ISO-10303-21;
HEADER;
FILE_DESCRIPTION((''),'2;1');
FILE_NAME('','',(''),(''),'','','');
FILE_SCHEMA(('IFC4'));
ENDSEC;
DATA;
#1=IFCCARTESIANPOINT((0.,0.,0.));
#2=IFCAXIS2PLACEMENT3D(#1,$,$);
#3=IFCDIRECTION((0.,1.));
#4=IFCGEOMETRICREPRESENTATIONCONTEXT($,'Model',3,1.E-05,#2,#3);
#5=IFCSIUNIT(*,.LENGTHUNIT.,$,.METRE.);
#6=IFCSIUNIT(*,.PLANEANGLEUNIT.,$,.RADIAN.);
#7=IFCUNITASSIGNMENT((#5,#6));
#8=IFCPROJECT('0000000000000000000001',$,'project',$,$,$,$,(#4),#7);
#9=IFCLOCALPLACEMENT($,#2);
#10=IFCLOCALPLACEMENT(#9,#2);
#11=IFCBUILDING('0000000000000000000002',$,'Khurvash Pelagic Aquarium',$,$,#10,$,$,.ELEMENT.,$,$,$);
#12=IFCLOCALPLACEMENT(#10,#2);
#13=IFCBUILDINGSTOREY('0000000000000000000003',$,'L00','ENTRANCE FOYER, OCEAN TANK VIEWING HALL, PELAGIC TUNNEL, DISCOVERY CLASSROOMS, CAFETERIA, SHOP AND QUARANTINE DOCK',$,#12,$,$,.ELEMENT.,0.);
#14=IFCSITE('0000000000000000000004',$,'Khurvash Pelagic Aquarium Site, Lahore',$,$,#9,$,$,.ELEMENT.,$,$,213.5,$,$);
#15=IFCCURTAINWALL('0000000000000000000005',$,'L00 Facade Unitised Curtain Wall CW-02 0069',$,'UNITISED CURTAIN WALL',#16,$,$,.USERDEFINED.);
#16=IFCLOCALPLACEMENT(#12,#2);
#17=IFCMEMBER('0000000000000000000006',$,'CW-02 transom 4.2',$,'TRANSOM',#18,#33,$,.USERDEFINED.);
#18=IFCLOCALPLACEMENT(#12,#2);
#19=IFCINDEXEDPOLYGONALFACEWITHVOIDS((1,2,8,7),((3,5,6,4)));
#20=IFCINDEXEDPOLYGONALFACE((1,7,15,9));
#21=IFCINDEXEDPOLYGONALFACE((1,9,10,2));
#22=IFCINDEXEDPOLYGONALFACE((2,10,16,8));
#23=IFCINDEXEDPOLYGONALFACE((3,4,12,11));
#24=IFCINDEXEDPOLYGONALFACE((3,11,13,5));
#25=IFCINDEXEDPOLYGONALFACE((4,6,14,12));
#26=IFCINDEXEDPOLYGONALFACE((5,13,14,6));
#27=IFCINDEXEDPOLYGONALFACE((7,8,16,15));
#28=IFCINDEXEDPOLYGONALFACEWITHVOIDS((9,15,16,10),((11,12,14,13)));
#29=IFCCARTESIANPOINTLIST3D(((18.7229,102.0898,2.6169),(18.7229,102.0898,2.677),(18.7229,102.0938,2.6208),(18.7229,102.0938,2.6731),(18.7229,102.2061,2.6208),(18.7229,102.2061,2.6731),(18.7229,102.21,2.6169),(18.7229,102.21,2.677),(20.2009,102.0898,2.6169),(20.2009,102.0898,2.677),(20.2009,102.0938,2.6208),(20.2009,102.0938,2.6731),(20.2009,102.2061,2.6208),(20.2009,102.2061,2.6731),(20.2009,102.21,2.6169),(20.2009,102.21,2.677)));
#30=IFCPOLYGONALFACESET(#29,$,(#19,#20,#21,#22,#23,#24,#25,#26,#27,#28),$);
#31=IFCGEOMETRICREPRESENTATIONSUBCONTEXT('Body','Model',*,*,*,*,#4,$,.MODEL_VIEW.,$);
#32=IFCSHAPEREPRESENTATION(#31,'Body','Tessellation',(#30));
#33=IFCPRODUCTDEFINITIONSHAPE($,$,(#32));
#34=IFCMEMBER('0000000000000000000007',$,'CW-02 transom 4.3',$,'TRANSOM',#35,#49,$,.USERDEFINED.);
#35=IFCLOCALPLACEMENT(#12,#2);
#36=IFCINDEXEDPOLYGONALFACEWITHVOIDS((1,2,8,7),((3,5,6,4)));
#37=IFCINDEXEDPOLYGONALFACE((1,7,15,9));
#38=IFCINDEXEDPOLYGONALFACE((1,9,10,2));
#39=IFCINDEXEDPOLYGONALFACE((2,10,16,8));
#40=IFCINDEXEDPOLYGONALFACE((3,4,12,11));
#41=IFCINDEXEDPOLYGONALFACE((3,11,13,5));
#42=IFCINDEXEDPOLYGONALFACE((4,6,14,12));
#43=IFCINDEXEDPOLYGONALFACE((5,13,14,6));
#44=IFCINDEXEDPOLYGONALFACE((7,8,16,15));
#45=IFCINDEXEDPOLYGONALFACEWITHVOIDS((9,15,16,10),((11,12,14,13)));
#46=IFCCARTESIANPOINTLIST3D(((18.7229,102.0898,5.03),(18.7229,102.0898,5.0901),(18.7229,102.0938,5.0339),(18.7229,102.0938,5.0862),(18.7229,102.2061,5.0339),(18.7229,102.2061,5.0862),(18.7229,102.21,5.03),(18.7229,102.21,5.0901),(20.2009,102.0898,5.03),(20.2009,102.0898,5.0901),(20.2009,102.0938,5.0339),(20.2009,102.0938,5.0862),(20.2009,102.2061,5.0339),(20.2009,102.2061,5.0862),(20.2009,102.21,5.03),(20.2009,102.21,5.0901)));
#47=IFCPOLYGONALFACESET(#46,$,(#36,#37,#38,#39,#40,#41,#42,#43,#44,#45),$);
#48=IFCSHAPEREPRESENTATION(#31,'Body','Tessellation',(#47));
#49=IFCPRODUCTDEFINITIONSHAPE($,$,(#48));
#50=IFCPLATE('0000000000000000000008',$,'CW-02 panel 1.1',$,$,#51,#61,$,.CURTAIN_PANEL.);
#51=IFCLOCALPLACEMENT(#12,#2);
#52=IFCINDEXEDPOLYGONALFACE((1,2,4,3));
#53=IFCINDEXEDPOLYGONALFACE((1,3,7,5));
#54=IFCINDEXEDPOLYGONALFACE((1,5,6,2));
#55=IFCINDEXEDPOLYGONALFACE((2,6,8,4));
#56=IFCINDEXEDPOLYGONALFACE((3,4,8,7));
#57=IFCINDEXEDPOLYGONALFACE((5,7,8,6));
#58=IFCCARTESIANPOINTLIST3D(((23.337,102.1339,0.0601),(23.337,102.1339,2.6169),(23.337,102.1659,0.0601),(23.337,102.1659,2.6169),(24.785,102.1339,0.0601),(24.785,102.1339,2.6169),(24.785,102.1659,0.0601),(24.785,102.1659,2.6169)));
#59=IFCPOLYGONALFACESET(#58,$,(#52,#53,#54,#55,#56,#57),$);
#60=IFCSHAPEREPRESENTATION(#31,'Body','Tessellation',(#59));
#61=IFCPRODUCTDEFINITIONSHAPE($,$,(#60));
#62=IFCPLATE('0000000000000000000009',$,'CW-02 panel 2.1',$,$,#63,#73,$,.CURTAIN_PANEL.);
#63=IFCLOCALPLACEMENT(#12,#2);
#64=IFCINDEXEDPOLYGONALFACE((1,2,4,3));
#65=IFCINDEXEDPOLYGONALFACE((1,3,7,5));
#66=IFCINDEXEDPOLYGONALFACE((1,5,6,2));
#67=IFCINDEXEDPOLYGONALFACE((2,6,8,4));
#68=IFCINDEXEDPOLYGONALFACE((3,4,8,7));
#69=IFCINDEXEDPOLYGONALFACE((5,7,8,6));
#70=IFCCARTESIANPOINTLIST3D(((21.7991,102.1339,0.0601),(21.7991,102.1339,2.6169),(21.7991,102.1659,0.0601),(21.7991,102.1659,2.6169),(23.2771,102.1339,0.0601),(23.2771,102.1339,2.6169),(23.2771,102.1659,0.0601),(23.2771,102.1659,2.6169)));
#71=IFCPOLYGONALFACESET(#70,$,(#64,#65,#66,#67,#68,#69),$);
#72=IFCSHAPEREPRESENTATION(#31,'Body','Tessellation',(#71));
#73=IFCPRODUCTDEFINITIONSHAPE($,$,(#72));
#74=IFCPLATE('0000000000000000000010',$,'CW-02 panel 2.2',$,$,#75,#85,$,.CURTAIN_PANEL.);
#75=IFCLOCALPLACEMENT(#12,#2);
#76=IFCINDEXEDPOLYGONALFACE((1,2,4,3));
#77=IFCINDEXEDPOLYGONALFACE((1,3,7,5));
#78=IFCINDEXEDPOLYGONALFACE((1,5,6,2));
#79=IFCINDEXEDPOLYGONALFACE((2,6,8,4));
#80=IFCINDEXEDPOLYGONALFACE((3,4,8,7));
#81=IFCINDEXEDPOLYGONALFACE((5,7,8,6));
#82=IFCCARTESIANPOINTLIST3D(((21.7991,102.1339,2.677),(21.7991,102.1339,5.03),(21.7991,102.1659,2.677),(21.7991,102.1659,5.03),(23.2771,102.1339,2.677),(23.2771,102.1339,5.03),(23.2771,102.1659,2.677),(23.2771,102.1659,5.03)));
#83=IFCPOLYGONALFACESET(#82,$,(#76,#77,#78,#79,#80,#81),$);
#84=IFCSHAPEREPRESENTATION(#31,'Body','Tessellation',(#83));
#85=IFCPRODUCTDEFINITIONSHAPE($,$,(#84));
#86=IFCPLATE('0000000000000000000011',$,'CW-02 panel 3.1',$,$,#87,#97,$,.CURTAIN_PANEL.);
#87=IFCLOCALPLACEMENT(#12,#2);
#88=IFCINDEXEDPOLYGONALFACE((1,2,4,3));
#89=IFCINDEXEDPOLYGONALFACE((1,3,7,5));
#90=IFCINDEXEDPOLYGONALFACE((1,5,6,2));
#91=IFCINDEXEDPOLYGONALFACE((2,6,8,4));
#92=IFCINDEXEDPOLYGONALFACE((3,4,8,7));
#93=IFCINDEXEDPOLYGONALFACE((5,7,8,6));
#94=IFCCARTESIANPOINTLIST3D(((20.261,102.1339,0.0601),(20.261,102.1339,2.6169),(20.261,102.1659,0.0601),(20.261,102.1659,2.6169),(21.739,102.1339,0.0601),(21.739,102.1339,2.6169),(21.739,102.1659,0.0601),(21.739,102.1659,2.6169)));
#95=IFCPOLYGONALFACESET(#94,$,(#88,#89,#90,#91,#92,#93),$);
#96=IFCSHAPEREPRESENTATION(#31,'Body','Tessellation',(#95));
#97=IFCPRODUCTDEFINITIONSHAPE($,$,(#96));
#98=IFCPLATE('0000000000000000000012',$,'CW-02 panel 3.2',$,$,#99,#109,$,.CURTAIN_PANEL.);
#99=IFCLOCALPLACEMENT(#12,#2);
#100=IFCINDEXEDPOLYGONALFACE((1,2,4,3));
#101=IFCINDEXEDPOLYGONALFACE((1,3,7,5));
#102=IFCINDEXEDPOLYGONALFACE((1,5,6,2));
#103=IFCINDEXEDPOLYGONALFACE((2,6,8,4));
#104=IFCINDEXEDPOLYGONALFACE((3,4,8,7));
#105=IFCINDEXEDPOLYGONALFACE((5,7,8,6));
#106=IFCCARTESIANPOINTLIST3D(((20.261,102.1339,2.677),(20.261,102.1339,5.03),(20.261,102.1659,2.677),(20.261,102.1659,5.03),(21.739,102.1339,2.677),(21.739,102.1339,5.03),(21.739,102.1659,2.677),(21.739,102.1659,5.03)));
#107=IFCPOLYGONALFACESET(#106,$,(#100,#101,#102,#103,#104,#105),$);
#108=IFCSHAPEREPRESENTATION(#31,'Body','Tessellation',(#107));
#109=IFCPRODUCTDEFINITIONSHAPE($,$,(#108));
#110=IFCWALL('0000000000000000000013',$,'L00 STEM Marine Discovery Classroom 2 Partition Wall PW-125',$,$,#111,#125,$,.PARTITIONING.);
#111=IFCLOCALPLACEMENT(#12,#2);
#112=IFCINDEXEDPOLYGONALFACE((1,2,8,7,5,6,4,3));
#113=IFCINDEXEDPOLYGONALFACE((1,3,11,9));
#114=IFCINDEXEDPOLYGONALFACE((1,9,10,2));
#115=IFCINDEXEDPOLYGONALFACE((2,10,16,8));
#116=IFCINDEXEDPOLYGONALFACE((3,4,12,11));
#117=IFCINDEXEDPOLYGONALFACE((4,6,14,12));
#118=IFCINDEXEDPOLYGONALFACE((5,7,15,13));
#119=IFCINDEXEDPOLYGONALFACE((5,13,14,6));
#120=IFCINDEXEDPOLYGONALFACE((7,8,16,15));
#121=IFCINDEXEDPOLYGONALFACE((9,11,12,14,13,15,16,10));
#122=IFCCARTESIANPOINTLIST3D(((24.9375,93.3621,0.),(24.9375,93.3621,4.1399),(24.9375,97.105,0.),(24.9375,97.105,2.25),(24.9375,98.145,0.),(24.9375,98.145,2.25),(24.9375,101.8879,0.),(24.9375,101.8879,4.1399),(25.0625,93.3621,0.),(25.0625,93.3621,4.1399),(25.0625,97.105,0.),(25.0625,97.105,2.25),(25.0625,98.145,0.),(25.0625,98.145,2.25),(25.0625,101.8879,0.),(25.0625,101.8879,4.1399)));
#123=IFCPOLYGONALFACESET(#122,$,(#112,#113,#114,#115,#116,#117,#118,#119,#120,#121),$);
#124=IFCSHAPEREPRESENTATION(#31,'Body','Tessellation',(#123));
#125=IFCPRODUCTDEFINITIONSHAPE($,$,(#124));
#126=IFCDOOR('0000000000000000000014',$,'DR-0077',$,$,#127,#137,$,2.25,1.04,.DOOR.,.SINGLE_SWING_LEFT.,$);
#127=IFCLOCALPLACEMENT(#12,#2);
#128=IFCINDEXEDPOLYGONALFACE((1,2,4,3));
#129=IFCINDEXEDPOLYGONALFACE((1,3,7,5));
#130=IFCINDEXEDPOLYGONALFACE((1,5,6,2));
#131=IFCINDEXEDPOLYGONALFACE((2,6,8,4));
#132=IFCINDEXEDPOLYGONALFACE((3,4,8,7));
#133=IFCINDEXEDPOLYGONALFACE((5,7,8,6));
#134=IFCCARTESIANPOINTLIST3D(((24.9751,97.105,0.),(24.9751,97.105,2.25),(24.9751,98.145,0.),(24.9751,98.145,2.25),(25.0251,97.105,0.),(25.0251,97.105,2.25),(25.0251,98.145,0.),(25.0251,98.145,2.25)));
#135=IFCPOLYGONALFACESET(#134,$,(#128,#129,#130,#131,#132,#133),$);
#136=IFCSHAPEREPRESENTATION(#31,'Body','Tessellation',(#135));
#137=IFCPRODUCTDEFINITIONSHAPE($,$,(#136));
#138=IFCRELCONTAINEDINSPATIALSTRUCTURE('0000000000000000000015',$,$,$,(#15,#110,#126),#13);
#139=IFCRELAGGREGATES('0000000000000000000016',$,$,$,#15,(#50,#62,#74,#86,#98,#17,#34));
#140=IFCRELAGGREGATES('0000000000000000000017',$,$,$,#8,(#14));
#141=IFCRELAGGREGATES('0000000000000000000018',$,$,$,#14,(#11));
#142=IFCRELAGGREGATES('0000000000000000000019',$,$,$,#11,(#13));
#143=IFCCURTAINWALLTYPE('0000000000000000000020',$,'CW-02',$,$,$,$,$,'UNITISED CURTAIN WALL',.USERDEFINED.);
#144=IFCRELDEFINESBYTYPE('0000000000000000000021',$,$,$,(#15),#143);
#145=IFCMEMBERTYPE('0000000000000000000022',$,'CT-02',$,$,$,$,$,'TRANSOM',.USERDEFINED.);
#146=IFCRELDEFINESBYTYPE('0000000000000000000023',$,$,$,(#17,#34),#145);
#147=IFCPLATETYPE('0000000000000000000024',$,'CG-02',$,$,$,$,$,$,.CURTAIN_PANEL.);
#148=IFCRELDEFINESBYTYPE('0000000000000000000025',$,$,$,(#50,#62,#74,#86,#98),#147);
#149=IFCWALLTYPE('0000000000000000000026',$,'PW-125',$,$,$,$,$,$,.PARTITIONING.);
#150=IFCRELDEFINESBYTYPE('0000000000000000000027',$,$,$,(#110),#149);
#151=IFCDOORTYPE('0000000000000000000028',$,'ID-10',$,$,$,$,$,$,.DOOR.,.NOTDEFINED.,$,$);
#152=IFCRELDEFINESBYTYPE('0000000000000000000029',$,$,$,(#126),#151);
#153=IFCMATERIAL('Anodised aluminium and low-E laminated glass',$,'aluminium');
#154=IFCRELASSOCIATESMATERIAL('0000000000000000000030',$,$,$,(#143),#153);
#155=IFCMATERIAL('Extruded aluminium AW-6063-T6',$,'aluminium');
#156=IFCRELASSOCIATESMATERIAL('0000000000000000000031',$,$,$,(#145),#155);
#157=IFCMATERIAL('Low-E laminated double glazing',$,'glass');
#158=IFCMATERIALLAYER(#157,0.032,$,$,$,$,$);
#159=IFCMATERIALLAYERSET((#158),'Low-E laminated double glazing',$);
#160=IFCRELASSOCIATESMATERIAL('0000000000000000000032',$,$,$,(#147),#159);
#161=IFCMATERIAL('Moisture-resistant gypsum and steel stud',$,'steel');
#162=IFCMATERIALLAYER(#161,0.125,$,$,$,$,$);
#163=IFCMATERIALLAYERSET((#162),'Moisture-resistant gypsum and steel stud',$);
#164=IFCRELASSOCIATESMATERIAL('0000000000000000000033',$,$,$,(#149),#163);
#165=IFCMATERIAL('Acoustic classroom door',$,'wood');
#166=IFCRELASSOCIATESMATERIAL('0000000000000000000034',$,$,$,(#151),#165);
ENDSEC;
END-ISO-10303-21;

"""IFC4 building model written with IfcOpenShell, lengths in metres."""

from ifc_helpers import new_model, si_unit, direction, frame, frame_2d, origin, origin_2d, place, context, subcontext, project, spatial, rectangle, hollow_rectangle, extrude, material, layer, layer_set, material_profile, profile_set, type_object, element, fill, aggregate, save


model = new_model("IFC4")

# Units and contexts
model_context = context("Model", 3, precision=1e-05, world=origin(), true_north=direction((0.0, 1.0)))
body_context = subcontext(model_context, "Body", "Model", "MODEL_VIEW")
ifc_project = project(units=[si_unit("LENGTHUNIT", "METRE"), si_unit("PLANEANGLEUNIT", "RADIAN")], contexts=[model_context])

# Site, building, storey
site_placement = place(None, origin())
site = spatial("IfcSite", under=ifc_project, at=site_placement, Name="Khurvash Pelagic Aquarium Site, Lahore", CompositionType="ELEMENT", RefElevation=213.5)
building_placement = place(site_placement, origin())
building = spatial("IfcBuilding", under=site, at=building_placement, Name="Khurvash Pelagic Aquarium", CompositionType="ELEMENT")
storey_placement = place(building_placement, origin())
storey = spatial("IfcBuildingStorey", under=building, at=storey_placement, Name="L00", Description="ENTRANCE FOYER, OCEAN TANK VIEWING HALL, PELAGIC TUNNEL, DISCOVERY CLASSROOMS, CAFETERIA, SHOP AND QUARANTINE DOCK", CompositionType="ELEMENT", Elevation=0.0)

# Curtain wall, members, plates
ifc_material_1 = material(Name="Anodised aluminium and low-E laminated glass", Category="aluminium")
curtain_wall_type = type_object("IfcCurtainWallType", Name="CW-02", ElementType="UNITISED CURTAIN WALL", PredefinedType="USERDEFINED", material=ifc_material_1)
curtain_wall_placement = place(storey_placement, origin())
curtain_wall = element("IfcCurtainWall", 1, at=curtain_wall_placement, inside=storey, type_object=curtain_wall_type, Name="L00 Facade Unitised Curtain Wall CW-02 0069", ObjectType="UNITISED CURTAIN WALL", PredefinedType="USERDEFINED")
ifc_material_2 = material(Name="Extruded aluminium AW-6063-T6", Category="aluminium")
ifc_material_profile_1 = material_profile(ifc_material_2, hollow_rectangle(XDim=0.1201, YDim=0.0601, WallThickness=0.0039, at=origin_2d()), Name="CWT120X60X4")
ifc_profile_set_1 = profile_set([ifc_material_profile_1], Name="Extruded aluminium AW-6063-T6")
member_type_1 = type_object("IfcMemberType", Name="CT-02", ElementType="TRANSOM", PredefinedType="USERDEFINED", material=ifc_profile_set_1)
member_1_placement = place(storey_placement, frame((20.2009, 102.1499, 2.647), z_axis=(-1.0, 0.0, 0.0), x_axis=(0.0, -1.0, 0.0)))
member_1 = element("IfcMember", 2, at=member_1_placement, type_object=member_type_1, Name="CW-02 transom 4.2", ObjectType="TRANSOM", PredefinedType="USERDEFINED", context=body_context, shape_type="SweptSolid", body=[
    extrude(hollow_rectangle(XDim=0.1201, YDim=0.0601, WallThickness=0.0039, at=origin_2d()), origin(), (0.0, 0.0, 1.0), 1.478),
])
member_2_placement = place(storey_placement, frame((20.2009, 102.1499, 5.0601), z_axis=(-1.0, 0.0, 0.0), x_axis=(0.0, -1.0, 0.0)))
member_2 = element("IfcMember", 3, at=member_2_placement, type_object=member_type_1, Name="CW-02 transom 4.3", ObjectType="TRANSOM", PredefinedType="USERDEFINED", context=body_context, shape_type="SweptSolid", body=[
    extrude(hollow_rectangle(XDim=0.1201, YDim=0.0601, WallThickness=0.0039, at=origin_2d()), origin(), (0.0, 0.0, 1.0), 1.478),
])
ifc_material_3 = material(Name="Low-E laminated double glazing", Category="glass")
ifc_layer_1 = layer(ifc_material_3, 0.032)
ifc_layer_set_1 = layer_set([ifc_layer_1], Name="Low-E laminated double glazing")
plate_type = type_object("IfcPlateType", Name="CG-02", PredefinedType="CURTAIN_PANEL", material=ifc_layer_set_1)
plate_1_placement = place(storey_placement, frame((24.061, 102.1499, 0.0601), z_axis=(0.0, 0.0, 1.0), x_axis=(-1.0, 0.0, 0.0)))
plate_1 = element("IfcPlate", 4, at=plate_1_placement, type_object=plate_type, Name="CW-02 panel 1.1", PredefinedType="CURTAIN_PANEL", context=body_context, shape_type="SweptSolid", body=[
    extrude(rectangle(XDim=1.448, YDim=0.032, at=origin_2d()), origin(), (0.0, 0.0, 1.0), 2.5569),
])
plate_2_placement = place(storey_placement, frame((22.5381, 102.1499, 0.0601), z_axis=(0.0, 0.0, 1.0), x_axis=(-1.0, 0.0, 0.0)))
plate_2 = element("IfcPlate", 5, at=plate_2_placement, type_object=plate_type, Name="CW-02 panel 2.1", PredefinedType="CURTAIN_PANEL", context=body_context, shape_type="SweptSolid", body=[
    extrude(rectangle(XDim=1.478, YDim=0.032, at=origin_2d()), origin(), (0.0, 0.0, 1.0), 2.5569),
])
plate_3_placement = place(storey_placement, frame((22.5381, 102.1499, 2.677), z_axis=(0.0, 0.0, 1.0), x_axis=(-1.0, 0.0, 0.0)))
plate_3 = element("IfcPlate", 6, at=plate_3_placement, type_object=plate_type, Name="CW-02 panel 2.2", PredefinedType="CURTAIN_PANEL", context=body_context, shape_type="SweptSolid", body=[
    extrude(rectangle(XDim=1.478, YDim=0.032, at=origin_2d()), origin(), (0.0, 0.0, 1.0), 2.353),
])
plate_4_placement = place(storey_placement, frame((21.0, 102.1499, 0.0601), z_axis=(0.0, 0.0, 1.0), x_axis=(-1.0, 0.0, 0.0)))
plate_4 = element("IfcPlate", 7, at=plate_4_placement, type_object=plate_type, Name="CW-02 panel 3.1", PredefinedType="CURTAIN_PANEL", context=body_context, shape_type="SweptSolid", body=[
    extrude(rectangle(XDim=1.478, YDim=0.032, at=origin_2d()), origin(), (0.0, 0.0, 1.0), 2.5569),
])
plate_5_placement = place(storey_placement, frame((21.0, 102.1499, 2.677), z_axis=(0.0, 0.0, 1.0), x_axis=(-1.0, 0.0, 0.0)))
plate_5 = element("IfcPlate", 8, at=plate_5_placement, type_object=plate_type, Name="CW-02 panel 3.2", PredefinedType="CURTAIN_PANEL", context=body_context, shape_type="SweptSolid", body=[
    extrude(rectangle(XDim=1.478, YDim=0.032, at=origin_2d()), origin(), (0.0, 0.0, 1.0), 2.353),
])
aggregate(curtain_wall, [plate_1, plate_2, plate_3, plate_4, plate_5, member_1, member_2])

# Wall, opening, door
ifc_material_4 = material(Name="Moisture-resistant gypsum and steel stud", Category="steel")
ifc_layer_2 = layer(ifc_material_4, 0.125)
ifc_layer_set_2 = layer_set([ifc_layer_2], Name="Moisture-resistant gypsum and steel stud")
wall_type = type_object("IfcWallType", Name="PW-125", PredefinedType="PARTITIONING", material=ifc_layer_set_2)
wall_placement = place(storey_placement, frame((25.0, 93.3621, 0.0), z_axis=(0.0, 0.0, 1.0), x_axis=(0.0, 1.0, 0.0)))
wall = element("IfcWall", 9, at=wall_placement, inside=storey, type_object=wall_type, Name="L00 STEM Marine Discovery Classroom 2 Partition Wall PW-125", PredefinedType="PARTITIONING", context=body_context, shape_type="SweptSolid", body=[
    extrude(rectangle(XDim=8.5259, YDim=0.125, at=frame_2d((4.2629, 0.0))), origin(), (0.0, 0.0, 1.0), 4.1399),
])
opening_placement = place(wall_placement, frame((3.7429, 0.0, 0.0)))
opening = element("IfcOpeningElement", 10, at=opening_placement, cuts=wall, PredefinedType="OPENING", context=body_context, shape_type="SweptSolid", body=[
    extrude(rectangle(XDim=1.04, YDim=2.25, at=frame_2d((0.52, 1.125))), frame((0.0, 0.0725, 0.0), z_axis=(0.0, -1.0, 0.0), x_axis=(1.0, 0.0, 0.0)), (0.0, 0.0, 1.0), 0.145),
])
ifc_material_5 = material(Name="Acoustic classroom door", Category="wood")
door_type = type_object("IfcDoorType", Name="ID-10", OperationType="NOTDEFINED", PredefinedType="DOOR", material=ifc_material_5)
door_placement = place(opening_placement, origin())
door = element("IfcDoor", 11, at=door_placement, inside=storey, type_object=door_type, Name="DR-0077", OperationType="SINGLE_SWING_LEFT", OverallHeight=2.25, OverallWidth=1.04, PredefinedType="DOOR", context=body_context, shape_type="SweptSolid", body=[
    extrude(rectangle(XDim=1.04, YDim=2.25, at=frame_2d((0.52, 1.125))), frame((0.0, 0.0249, 0.0), z_axis=(0.0, -1.0, 0.0), x_axis=(1.0, 0.0, 0.0)), (0.0, 0.0, 1.0), 0.05),
])
fill(opening, door)

save(model, "model.ifc")
